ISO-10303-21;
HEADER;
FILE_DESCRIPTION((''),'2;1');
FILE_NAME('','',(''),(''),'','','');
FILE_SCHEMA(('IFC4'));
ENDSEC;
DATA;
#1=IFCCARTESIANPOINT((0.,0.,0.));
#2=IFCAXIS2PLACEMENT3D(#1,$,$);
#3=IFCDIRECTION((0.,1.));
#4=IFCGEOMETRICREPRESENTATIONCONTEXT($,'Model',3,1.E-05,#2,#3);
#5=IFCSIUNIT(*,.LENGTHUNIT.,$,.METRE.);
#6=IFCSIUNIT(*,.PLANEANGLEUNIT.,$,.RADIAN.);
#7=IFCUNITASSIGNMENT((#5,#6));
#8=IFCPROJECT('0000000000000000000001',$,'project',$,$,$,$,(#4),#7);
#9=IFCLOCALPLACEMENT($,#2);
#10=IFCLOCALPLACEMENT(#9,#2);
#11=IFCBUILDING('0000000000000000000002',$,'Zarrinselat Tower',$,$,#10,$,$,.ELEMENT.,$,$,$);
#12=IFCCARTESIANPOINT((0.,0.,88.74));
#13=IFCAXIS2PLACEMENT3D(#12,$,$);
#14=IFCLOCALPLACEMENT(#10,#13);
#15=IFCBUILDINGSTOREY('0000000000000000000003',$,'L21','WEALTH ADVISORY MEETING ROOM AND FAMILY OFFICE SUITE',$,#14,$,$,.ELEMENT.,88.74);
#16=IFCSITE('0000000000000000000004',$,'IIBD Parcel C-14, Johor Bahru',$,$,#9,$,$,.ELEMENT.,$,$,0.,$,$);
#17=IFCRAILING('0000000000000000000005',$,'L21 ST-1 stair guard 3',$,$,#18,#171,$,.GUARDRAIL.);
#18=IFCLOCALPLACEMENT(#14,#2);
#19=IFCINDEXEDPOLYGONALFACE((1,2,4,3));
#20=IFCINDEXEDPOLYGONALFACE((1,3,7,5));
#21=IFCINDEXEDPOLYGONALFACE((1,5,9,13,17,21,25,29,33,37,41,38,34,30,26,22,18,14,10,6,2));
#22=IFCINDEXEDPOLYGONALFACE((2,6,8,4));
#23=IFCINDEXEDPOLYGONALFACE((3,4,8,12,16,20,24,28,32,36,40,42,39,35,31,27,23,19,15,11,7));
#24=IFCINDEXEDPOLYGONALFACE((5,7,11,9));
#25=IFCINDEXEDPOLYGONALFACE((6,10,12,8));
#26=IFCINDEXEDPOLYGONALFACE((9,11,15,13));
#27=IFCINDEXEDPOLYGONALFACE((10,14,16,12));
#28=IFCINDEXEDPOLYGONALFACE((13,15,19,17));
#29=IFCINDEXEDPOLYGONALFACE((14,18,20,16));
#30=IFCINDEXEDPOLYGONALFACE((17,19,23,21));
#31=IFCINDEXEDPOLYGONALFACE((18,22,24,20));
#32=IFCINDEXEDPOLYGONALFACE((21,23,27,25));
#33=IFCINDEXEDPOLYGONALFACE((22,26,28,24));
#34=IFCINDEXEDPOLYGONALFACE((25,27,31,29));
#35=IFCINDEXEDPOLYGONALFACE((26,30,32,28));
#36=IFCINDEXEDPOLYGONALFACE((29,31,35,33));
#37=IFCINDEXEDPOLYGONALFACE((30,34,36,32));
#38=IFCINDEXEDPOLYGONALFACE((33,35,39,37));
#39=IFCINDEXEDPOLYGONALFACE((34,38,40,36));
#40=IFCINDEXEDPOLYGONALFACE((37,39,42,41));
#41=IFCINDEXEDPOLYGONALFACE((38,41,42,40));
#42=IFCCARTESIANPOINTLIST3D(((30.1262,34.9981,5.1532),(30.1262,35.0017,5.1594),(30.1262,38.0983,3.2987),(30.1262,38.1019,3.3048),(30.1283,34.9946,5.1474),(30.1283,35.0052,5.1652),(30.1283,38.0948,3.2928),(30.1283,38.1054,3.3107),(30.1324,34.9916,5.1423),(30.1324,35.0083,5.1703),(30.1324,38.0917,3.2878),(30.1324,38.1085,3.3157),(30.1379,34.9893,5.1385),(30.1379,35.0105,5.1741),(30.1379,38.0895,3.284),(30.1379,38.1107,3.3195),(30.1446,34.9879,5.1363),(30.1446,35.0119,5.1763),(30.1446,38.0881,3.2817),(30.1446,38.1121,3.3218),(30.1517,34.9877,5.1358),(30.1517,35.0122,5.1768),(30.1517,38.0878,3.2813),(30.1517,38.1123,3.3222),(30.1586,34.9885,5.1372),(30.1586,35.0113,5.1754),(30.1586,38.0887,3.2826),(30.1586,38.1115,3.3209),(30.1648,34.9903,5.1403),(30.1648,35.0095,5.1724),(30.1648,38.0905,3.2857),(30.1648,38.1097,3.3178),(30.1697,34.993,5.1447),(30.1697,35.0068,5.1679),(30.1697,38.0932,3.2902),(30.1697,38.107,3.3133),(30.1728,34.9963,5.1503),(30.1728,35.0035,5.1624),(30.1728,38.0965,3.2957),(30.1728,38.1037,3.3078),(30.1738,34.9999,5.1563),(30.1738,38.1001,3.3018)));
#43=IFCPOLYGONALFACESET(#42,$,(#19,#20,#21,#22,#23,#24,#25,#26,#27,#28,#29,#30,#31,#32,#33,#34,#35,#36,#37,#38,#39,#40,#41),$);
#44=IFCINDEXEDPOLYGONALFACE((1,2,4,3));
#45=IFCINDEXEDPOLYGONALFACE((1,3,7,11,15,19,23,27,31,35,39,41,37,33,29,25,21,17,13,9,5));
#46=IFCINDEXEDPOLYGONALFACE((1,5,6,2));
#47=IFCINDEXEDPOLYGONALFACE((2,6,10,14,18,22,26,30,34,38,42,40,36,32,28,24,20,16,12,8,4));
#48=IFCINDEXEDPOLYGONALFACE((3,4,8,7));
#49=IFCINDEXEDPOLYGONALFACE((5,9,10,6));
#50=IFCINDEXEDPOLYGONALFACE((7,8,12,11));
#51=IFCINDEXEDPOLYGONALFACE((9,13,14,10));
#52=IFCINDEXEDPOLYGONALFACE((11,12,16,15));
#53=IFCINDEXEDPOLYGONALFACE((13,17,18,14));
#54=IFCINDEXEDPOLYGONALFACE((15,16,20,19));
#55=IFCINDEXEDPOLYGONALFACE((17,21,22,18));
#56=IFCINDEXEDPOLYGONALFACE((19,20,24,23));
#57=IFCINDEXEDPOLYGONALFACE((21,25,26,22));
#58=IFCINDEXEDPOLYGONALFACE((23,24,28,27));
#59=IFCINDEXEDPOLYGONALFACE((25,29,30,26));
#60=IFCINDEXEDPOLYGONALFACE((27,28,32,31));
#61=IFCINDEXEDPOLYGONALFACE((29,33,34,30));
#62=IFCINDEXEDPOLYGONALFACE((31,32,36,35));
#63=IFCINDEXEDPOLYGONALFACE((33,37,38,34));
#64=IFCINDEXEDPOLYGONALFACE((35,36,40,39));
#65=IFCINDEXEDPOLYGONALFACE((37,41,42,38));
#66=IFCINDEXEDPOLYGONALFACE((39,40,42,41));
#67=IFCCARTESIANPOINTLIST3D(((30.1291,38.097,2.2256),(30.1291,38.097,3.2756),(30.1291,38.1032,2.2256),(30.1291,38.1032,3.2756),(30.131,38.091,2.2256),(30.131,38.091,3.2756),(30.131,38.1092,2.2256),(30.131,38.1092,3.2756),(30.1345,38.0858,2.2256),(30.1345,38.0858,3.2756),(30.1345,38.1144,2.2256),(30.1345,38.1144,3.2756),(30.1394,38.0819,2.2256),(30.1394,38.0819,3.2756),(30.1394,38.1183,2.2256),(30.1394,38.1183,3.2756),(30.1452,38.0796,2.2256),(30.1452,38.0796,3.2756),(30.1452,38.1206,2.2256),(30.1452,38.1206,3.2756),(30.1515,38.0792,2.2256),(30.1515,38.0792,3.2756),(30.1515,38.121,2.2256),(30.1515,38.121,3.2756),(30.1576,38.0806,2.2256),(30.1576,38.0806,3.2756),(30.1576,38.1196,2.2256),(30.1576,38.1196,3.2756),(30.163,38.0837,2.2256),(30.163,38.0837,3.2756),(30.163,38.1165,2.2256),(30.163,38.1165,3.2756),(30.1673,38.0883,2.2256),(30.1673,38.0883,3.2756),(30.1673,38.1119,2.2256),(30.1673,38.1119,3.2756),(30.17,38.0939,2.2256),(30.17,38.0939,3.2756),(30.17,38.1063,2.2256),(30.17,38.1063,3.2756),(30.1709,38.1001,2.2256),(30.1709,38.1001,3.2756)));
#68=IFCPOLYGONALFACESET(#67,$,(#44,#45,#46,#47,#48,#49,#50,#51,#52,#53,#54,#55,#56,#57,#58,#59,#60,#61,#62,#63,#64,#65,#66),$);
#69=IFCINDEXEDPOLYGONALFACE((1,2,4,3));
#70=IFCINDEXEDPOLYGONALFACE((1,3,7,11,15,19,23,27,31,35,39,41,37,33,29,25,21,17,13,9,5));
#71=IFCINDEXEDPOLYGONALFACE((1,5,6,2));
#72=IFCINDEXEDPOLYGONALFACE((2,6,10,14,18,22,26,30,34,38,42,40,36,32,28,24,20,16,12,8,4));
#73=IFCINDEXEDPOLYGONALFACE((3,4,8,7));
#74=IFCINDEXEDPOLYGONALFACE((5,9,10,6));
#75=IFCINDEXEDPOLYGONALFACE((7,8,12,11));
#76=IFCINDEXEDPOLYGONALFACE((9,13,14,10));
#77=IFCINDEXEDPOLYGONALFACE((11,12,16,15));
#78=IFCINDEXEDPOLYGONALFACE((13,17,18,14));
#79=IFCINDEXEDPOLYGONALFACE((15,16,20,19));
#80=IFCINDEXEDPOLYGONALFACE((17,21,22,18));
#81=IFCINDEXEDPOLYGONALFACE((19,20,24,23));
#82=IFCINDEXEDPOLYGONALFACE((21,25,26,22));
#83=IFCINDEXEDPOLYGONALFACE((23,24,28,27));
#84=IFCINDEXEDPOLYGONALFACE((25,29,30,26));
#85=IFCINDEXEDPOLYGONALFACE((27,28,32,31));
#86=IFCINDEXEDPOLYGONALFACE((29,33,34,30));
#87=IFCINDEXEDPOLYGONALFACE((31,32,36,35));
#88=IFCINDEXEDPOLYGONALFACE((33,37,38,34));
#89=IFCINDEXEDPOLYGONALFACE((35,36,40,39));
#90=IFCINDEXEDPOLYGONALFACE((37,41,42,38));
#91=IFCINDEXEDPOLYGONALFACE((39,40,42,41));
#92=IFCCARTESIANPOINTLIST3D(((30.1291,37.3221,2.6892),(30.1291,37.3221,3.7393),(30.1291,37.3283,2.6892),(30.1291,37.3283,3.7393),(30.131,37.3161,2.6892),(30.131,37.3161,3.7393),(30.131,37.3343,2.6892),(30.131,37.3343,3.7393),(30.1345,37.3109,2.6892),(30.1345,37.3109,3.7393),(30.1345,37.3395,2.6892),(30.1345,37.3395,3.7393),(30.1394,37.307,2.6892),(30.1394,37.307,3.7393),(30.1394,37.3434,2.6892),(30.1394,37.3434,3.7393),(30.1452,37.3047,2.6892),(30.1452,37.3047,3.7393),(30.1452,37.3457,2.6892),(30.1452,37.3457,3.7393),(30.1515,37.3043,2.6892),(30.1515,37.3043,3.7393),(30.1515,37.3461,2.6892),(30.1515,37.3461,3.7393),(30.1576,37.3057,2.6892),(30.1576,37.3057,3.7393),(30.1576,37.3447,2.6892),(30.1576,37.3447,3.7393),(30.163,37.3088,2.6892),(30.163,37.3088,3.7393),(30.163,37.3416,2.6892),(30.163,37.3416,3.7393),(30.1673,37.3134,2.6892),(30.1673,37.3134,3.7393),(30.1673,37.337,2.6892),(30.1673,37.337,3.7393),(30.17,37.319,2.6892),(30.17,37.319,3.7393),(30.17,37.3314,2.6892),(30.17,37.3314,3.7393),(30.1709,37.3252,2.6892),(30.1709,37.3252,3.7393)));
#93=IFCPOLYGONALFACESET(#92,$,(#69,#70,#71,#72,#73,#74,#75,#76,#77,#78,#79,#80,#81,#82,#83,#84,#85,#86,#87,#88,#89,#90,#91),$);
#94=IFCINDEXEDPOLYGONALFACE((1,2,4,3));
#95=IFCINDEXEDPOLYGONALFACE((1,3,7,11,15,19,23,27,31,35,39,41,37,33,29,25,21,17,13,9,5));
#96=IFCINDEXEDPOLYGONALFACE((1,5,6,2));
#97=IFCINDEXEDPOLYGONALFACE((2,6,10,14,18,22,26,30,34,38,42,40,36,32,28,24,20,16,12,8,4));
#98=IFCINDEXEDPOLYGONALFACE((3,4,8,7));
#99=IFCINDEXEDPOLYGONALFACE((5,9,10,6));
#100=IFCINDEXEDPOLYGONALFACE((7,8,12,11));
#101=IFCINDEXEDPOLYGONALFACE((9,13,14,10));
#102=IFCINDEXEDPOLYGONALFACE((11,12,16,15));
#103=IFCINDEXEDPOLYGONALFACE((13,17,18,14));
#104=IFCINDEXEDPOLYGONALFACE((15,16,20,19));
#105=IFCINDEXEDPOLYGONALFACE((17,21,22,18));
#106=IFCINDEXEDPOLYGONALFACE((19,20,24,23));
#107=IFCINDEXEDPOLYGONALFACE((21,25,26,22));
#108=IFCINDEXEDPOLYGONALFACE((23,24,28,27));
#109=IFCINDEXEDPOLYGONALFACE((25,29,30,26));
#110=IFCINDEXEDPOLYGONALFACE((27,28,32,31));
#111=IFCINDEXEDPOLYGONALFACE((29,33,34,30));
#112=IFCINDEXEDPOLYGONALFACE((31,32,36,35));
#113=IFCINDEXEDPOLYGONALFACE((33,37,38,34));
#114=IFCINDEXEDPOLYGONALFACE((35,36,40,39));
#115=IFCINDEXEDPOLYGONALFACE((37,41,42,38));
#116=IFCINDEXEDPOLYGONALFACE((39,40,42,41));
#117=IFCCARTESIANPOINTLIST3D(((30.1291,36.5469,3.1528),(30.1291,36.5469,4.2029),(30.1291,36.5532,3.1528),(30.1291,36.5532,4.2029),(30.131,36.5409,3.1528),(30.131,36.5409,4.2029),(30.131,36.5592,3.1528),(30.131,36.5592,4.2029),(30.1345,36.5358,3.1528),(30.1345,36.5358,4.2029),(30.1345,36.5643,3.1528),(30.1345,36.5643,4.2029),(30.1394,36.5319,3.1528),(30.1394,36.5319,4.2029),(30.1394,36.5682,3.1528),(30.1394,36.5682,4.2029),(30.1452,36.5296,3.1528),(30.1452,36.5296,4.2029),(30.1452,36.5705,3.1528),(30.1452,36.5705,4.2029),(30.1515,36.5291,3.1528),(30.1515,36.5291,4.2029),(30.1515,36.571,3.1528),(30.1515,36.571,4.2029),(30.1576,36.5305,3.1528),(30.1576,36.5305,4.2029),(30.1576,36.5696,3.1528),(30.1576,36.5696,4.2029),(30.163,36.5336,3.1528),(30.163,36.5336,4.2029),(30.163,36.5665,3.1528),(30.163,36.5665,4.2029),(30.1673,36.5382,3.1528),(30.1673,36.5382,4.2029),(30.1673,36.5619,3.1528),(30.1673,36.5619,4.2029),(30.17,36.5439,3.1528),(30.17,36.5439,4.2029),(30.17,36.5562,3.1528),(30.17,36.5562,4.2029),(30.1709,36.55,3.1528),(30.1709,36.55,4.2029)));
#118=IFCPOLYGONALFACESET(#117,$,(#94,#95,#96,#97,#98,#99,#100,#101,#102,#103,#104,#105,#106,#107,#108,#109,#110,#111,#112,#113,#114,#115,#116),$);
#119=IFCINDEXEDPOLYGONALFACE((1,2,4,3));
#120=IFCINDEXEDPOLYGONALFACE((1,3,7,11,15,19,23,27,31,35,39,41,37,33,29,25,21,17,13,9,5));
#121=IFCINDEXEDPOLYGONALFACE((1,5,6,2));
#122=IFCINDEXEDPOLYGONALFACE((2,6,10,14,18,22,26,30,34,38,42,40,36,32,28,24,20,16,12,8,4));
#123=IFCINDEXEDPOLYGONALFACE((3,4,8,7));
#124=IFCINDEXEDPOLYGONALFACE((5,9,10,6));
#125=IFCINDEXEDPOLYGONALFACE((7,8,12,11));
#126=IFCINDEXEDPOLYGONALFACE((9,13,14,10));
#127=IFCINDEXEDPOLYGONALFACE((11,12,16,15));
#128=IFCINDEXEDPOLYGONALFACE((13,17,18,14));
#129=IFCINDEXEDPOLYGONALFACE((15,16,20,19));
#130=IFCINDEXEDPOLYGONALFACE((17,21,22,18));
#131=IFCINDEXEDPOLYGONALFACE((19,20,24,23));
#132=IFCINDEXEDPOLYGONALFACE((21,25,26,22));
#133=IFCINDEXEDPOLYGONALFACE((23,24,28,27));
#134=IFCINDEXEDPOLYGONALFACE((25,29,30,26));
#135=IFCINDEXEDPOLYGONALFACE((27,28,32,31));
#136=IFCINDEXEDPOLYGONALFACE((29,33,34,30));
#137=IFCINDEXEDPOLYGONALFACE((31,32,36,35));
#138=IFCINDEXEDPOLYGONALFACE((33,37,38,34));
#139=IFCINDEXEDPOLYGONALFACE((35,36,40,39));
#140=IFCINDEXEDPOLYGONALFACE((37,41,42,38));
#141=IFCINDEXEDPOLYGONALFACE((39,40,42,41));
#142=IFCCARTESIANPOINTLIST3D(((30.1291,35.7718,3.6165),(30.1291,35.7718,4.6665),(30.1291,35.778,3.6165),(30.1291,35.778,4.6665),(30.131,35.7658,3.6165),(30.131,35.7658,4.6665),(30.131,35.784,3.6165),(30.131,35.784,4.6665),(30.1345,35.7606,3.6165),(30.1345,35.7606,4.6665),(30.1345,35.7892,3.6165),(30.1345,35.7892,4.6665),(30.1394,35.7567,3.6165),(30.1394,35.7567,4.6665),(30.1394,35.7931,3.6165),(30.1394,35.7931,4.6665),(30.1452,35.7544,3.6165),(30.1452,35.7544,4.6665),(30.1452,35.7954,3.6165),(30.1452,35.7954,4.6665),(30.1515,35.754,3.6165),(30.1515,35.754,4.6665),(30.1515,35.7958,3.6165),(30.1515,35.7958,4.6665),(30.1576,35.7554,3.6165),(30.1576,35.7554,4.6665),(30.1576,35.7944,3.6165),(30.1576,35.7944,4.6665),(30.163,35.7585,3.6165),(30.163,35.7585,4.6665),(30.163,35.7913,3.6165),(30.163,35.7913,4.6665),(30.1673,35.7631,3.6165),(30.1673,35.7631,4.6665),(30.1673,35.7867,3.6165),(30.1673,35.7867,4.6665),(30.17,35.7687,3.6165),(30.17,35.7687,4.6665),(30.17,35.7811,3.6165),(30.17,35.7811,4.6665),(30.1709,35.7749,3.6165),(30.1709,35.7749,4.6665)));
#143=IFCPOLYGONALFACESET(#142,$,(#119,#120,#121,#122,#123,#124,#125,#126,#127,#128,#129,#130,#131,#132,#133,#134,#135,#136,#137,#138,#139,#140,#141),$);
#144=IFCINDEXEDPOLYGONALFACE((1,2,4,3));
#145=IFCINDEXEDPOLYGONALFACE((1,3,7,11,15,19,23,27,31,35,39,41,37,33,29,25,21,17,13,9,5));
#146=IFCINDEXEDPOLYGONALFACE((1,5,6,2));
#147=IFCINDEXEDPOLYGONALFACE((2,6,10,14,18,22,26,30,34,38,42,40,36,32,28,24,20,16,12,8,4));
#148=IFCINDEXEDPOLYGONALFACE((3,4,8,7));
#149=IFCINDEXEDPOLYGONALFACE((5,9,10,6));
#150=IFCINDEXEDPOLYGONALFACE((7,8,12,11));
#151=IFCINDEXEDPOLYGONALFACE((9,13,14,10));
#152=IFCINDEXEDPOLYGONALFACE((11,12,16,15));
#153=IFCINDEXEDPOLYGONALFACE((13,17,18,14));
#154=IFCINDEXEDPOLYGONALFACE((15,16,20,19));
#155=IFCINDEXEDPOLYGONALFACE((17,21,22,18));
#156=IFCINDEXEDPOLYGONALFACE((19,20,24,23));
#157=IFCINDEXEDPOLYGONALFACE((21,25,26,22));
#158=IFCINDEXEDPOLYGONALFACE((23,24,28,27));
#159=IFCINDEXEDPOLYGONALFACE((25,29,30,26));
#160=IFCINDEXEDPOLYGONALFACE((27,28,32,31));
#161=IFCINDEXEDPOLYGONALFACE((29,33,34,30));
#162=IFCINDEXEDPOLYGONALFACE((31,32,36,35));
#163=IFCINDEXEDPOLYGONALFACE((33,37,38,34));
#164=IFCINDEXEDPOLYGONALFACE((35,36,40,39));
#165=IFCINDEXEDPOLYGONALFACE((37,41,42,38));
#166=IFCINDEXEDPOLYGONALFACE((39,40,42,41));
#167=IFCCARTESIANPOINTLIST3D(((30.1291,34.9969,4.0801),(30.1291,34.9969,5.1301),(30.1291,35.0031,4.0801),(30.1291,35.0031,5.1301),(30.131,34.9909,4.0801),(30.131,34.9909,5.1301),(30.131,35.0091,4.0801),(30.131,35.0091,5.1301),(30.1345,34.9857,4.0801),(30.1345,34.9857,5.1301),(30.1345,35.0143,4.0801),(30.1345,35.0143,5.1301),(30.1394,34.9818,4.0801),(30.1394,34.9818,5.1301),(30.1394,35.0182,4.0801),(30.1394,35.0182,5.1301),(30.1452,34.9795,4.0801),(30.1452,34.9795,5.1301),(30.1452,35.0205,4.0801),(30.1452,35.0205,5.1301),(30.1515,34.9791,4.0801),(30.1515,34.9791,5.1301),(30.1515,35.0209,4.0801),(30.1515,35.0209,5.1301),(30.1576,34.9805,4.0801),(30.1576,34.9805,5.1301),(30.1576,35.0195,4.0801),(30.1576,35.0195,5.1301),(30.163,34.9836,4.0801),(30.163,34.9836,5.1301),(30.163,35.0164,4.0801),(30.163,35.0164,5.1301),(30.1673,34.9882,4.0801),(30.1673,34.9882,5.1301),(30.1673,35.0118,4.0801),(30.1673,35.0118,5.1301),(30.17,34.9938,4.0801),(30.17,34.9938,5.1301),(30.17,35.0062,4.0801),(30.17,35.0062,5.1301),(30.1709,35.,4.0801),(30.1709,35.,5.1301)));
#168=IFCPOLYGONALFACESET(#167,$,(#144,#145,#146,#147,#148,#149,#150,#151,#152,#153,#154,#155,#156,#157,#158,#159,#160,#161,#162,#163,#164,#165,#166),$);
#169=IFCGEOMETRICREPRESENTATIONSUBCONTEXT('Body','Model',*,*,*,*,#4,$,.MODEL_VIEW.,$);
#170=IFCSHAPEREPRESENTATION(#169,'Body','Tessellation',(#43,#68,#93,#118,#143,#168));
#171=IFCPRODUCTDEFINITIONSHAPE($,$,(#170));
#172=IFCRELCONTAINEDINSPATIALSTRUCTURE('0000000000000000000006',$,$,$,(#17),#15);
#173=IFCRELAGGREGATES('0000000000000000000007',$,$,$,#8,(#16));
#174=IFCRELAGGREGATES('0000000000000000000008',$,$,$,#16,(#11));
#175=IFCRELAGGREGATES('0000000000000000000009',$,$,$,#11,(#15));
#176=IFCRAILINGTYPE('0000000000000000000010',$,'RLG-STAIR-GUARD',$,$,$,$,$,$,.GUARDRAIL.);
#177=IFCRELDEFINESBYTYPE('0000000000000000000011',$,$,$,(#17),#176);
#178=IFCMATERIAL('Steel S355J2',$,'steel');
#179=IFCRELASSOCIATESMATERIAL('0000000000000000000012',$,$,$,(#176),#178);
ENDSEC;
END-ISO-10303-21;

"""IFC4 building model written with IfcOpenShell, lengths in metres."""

from ifc_helpers import new_model, si_unit, direction, frame, origin, origin_2d, place, context, subcontext, project, spatial, circle, extrude, material, type_object, element, save


model = new_model("IFC4")

# Units and contexts
model_context = context("Model", 3, precision=1e-05, world=origin(), true_north=direction((0.0, 1.0)))
body_context = subcontext(model_context, "Body", "Model", "MODEL_VIEW")
ifc_project = project(units=[si_unit("LENGTHUNIT", "METRE"), si_unit("PLANEANGLEUNIT", "RADIAN")], contexts=[model_context])

# Site, building, storey
site_placement = place(None, origin())
site = spatial("IfcSite", under=ifc_project, at=site_placement, Name="IIBD Parcel C-14, Johor Bahru", CompositionType="ELEMENT", RefElevation=0.0)
building_placement = place(site_placement, origin())
building = spatial("IfcBuilding", under=site, at=building_placement, Name="Zarrinselat Tower", CompositionType="ELEMENT")
storey_placement = place(building_placement, frame((0.0, 0.0, 88.74)))
storey = spatial("IfcBuildingStorey", under=building, at=storey_placement, Name="L21", Description="WEALTH ADVISORY MEETING ROOM AND FAMILY OFFICE SUITE", CompositionType="ELEMENT", Elevation=88.74)

# Railing
ifc_material_1 = material(Name="Steel S355J2", Category="steel")
railing_type_1 = type_object("IfcRailingType", Name="RLG-STAIR-GUARD", PredefinedType="GUARDRAIL", material=ifc_material_1)
railing_1_placement = place(storey_placement, frame((30.1499, 38.1001, 2.2256)))
element("IfcRailing", 1, at=railing_1_placement, inside=storey, type_object=railing_type_1, Name="L21 ST-1 stair guard 3", PredefinedType="GUARDRAIL", context=body_context, shape_type="SweptSolid", body=[
    extrude(circle(Radius=0.0239, at=origin_2d()), frame((0.0, 0.0, 1.0762), z_axis=(0.0, -0.858172, 0.513362), x_axis=(1.0, 0.0, 0.0)), (0.0, 0.0, 1.0), 3.6125),
    extrude(circle(Radius=0.021, at=origin_2d()), origin(), (0.0, 0.0, 1.0), 1.05),
    extrude(circle(Radius=0.021, at=origin_2d()), frame((0.0, -0.7749, 0.4636)), (0.0, 0.0, 1.0), 1.05),
    extrude(circle(Radius=0.021, at=origin_2d()), frame((0.0, -1.55, 0.9272)), (0.0, 0.0, 1.0), 1.05),
    extrude(circle(Radius=0.021, at=origin_2d()), frame((0.0, -2.3252, 1.3909)), (0.0, 0.0, 1.0), 1.05),
    extrude(circle(Radius=0.021, at=origin_2d()), frame((0.0, -3.1001, 1.8545)), (0.0, 0.0, 1.0), 1.05),
])

save(model, "model.ifc")
